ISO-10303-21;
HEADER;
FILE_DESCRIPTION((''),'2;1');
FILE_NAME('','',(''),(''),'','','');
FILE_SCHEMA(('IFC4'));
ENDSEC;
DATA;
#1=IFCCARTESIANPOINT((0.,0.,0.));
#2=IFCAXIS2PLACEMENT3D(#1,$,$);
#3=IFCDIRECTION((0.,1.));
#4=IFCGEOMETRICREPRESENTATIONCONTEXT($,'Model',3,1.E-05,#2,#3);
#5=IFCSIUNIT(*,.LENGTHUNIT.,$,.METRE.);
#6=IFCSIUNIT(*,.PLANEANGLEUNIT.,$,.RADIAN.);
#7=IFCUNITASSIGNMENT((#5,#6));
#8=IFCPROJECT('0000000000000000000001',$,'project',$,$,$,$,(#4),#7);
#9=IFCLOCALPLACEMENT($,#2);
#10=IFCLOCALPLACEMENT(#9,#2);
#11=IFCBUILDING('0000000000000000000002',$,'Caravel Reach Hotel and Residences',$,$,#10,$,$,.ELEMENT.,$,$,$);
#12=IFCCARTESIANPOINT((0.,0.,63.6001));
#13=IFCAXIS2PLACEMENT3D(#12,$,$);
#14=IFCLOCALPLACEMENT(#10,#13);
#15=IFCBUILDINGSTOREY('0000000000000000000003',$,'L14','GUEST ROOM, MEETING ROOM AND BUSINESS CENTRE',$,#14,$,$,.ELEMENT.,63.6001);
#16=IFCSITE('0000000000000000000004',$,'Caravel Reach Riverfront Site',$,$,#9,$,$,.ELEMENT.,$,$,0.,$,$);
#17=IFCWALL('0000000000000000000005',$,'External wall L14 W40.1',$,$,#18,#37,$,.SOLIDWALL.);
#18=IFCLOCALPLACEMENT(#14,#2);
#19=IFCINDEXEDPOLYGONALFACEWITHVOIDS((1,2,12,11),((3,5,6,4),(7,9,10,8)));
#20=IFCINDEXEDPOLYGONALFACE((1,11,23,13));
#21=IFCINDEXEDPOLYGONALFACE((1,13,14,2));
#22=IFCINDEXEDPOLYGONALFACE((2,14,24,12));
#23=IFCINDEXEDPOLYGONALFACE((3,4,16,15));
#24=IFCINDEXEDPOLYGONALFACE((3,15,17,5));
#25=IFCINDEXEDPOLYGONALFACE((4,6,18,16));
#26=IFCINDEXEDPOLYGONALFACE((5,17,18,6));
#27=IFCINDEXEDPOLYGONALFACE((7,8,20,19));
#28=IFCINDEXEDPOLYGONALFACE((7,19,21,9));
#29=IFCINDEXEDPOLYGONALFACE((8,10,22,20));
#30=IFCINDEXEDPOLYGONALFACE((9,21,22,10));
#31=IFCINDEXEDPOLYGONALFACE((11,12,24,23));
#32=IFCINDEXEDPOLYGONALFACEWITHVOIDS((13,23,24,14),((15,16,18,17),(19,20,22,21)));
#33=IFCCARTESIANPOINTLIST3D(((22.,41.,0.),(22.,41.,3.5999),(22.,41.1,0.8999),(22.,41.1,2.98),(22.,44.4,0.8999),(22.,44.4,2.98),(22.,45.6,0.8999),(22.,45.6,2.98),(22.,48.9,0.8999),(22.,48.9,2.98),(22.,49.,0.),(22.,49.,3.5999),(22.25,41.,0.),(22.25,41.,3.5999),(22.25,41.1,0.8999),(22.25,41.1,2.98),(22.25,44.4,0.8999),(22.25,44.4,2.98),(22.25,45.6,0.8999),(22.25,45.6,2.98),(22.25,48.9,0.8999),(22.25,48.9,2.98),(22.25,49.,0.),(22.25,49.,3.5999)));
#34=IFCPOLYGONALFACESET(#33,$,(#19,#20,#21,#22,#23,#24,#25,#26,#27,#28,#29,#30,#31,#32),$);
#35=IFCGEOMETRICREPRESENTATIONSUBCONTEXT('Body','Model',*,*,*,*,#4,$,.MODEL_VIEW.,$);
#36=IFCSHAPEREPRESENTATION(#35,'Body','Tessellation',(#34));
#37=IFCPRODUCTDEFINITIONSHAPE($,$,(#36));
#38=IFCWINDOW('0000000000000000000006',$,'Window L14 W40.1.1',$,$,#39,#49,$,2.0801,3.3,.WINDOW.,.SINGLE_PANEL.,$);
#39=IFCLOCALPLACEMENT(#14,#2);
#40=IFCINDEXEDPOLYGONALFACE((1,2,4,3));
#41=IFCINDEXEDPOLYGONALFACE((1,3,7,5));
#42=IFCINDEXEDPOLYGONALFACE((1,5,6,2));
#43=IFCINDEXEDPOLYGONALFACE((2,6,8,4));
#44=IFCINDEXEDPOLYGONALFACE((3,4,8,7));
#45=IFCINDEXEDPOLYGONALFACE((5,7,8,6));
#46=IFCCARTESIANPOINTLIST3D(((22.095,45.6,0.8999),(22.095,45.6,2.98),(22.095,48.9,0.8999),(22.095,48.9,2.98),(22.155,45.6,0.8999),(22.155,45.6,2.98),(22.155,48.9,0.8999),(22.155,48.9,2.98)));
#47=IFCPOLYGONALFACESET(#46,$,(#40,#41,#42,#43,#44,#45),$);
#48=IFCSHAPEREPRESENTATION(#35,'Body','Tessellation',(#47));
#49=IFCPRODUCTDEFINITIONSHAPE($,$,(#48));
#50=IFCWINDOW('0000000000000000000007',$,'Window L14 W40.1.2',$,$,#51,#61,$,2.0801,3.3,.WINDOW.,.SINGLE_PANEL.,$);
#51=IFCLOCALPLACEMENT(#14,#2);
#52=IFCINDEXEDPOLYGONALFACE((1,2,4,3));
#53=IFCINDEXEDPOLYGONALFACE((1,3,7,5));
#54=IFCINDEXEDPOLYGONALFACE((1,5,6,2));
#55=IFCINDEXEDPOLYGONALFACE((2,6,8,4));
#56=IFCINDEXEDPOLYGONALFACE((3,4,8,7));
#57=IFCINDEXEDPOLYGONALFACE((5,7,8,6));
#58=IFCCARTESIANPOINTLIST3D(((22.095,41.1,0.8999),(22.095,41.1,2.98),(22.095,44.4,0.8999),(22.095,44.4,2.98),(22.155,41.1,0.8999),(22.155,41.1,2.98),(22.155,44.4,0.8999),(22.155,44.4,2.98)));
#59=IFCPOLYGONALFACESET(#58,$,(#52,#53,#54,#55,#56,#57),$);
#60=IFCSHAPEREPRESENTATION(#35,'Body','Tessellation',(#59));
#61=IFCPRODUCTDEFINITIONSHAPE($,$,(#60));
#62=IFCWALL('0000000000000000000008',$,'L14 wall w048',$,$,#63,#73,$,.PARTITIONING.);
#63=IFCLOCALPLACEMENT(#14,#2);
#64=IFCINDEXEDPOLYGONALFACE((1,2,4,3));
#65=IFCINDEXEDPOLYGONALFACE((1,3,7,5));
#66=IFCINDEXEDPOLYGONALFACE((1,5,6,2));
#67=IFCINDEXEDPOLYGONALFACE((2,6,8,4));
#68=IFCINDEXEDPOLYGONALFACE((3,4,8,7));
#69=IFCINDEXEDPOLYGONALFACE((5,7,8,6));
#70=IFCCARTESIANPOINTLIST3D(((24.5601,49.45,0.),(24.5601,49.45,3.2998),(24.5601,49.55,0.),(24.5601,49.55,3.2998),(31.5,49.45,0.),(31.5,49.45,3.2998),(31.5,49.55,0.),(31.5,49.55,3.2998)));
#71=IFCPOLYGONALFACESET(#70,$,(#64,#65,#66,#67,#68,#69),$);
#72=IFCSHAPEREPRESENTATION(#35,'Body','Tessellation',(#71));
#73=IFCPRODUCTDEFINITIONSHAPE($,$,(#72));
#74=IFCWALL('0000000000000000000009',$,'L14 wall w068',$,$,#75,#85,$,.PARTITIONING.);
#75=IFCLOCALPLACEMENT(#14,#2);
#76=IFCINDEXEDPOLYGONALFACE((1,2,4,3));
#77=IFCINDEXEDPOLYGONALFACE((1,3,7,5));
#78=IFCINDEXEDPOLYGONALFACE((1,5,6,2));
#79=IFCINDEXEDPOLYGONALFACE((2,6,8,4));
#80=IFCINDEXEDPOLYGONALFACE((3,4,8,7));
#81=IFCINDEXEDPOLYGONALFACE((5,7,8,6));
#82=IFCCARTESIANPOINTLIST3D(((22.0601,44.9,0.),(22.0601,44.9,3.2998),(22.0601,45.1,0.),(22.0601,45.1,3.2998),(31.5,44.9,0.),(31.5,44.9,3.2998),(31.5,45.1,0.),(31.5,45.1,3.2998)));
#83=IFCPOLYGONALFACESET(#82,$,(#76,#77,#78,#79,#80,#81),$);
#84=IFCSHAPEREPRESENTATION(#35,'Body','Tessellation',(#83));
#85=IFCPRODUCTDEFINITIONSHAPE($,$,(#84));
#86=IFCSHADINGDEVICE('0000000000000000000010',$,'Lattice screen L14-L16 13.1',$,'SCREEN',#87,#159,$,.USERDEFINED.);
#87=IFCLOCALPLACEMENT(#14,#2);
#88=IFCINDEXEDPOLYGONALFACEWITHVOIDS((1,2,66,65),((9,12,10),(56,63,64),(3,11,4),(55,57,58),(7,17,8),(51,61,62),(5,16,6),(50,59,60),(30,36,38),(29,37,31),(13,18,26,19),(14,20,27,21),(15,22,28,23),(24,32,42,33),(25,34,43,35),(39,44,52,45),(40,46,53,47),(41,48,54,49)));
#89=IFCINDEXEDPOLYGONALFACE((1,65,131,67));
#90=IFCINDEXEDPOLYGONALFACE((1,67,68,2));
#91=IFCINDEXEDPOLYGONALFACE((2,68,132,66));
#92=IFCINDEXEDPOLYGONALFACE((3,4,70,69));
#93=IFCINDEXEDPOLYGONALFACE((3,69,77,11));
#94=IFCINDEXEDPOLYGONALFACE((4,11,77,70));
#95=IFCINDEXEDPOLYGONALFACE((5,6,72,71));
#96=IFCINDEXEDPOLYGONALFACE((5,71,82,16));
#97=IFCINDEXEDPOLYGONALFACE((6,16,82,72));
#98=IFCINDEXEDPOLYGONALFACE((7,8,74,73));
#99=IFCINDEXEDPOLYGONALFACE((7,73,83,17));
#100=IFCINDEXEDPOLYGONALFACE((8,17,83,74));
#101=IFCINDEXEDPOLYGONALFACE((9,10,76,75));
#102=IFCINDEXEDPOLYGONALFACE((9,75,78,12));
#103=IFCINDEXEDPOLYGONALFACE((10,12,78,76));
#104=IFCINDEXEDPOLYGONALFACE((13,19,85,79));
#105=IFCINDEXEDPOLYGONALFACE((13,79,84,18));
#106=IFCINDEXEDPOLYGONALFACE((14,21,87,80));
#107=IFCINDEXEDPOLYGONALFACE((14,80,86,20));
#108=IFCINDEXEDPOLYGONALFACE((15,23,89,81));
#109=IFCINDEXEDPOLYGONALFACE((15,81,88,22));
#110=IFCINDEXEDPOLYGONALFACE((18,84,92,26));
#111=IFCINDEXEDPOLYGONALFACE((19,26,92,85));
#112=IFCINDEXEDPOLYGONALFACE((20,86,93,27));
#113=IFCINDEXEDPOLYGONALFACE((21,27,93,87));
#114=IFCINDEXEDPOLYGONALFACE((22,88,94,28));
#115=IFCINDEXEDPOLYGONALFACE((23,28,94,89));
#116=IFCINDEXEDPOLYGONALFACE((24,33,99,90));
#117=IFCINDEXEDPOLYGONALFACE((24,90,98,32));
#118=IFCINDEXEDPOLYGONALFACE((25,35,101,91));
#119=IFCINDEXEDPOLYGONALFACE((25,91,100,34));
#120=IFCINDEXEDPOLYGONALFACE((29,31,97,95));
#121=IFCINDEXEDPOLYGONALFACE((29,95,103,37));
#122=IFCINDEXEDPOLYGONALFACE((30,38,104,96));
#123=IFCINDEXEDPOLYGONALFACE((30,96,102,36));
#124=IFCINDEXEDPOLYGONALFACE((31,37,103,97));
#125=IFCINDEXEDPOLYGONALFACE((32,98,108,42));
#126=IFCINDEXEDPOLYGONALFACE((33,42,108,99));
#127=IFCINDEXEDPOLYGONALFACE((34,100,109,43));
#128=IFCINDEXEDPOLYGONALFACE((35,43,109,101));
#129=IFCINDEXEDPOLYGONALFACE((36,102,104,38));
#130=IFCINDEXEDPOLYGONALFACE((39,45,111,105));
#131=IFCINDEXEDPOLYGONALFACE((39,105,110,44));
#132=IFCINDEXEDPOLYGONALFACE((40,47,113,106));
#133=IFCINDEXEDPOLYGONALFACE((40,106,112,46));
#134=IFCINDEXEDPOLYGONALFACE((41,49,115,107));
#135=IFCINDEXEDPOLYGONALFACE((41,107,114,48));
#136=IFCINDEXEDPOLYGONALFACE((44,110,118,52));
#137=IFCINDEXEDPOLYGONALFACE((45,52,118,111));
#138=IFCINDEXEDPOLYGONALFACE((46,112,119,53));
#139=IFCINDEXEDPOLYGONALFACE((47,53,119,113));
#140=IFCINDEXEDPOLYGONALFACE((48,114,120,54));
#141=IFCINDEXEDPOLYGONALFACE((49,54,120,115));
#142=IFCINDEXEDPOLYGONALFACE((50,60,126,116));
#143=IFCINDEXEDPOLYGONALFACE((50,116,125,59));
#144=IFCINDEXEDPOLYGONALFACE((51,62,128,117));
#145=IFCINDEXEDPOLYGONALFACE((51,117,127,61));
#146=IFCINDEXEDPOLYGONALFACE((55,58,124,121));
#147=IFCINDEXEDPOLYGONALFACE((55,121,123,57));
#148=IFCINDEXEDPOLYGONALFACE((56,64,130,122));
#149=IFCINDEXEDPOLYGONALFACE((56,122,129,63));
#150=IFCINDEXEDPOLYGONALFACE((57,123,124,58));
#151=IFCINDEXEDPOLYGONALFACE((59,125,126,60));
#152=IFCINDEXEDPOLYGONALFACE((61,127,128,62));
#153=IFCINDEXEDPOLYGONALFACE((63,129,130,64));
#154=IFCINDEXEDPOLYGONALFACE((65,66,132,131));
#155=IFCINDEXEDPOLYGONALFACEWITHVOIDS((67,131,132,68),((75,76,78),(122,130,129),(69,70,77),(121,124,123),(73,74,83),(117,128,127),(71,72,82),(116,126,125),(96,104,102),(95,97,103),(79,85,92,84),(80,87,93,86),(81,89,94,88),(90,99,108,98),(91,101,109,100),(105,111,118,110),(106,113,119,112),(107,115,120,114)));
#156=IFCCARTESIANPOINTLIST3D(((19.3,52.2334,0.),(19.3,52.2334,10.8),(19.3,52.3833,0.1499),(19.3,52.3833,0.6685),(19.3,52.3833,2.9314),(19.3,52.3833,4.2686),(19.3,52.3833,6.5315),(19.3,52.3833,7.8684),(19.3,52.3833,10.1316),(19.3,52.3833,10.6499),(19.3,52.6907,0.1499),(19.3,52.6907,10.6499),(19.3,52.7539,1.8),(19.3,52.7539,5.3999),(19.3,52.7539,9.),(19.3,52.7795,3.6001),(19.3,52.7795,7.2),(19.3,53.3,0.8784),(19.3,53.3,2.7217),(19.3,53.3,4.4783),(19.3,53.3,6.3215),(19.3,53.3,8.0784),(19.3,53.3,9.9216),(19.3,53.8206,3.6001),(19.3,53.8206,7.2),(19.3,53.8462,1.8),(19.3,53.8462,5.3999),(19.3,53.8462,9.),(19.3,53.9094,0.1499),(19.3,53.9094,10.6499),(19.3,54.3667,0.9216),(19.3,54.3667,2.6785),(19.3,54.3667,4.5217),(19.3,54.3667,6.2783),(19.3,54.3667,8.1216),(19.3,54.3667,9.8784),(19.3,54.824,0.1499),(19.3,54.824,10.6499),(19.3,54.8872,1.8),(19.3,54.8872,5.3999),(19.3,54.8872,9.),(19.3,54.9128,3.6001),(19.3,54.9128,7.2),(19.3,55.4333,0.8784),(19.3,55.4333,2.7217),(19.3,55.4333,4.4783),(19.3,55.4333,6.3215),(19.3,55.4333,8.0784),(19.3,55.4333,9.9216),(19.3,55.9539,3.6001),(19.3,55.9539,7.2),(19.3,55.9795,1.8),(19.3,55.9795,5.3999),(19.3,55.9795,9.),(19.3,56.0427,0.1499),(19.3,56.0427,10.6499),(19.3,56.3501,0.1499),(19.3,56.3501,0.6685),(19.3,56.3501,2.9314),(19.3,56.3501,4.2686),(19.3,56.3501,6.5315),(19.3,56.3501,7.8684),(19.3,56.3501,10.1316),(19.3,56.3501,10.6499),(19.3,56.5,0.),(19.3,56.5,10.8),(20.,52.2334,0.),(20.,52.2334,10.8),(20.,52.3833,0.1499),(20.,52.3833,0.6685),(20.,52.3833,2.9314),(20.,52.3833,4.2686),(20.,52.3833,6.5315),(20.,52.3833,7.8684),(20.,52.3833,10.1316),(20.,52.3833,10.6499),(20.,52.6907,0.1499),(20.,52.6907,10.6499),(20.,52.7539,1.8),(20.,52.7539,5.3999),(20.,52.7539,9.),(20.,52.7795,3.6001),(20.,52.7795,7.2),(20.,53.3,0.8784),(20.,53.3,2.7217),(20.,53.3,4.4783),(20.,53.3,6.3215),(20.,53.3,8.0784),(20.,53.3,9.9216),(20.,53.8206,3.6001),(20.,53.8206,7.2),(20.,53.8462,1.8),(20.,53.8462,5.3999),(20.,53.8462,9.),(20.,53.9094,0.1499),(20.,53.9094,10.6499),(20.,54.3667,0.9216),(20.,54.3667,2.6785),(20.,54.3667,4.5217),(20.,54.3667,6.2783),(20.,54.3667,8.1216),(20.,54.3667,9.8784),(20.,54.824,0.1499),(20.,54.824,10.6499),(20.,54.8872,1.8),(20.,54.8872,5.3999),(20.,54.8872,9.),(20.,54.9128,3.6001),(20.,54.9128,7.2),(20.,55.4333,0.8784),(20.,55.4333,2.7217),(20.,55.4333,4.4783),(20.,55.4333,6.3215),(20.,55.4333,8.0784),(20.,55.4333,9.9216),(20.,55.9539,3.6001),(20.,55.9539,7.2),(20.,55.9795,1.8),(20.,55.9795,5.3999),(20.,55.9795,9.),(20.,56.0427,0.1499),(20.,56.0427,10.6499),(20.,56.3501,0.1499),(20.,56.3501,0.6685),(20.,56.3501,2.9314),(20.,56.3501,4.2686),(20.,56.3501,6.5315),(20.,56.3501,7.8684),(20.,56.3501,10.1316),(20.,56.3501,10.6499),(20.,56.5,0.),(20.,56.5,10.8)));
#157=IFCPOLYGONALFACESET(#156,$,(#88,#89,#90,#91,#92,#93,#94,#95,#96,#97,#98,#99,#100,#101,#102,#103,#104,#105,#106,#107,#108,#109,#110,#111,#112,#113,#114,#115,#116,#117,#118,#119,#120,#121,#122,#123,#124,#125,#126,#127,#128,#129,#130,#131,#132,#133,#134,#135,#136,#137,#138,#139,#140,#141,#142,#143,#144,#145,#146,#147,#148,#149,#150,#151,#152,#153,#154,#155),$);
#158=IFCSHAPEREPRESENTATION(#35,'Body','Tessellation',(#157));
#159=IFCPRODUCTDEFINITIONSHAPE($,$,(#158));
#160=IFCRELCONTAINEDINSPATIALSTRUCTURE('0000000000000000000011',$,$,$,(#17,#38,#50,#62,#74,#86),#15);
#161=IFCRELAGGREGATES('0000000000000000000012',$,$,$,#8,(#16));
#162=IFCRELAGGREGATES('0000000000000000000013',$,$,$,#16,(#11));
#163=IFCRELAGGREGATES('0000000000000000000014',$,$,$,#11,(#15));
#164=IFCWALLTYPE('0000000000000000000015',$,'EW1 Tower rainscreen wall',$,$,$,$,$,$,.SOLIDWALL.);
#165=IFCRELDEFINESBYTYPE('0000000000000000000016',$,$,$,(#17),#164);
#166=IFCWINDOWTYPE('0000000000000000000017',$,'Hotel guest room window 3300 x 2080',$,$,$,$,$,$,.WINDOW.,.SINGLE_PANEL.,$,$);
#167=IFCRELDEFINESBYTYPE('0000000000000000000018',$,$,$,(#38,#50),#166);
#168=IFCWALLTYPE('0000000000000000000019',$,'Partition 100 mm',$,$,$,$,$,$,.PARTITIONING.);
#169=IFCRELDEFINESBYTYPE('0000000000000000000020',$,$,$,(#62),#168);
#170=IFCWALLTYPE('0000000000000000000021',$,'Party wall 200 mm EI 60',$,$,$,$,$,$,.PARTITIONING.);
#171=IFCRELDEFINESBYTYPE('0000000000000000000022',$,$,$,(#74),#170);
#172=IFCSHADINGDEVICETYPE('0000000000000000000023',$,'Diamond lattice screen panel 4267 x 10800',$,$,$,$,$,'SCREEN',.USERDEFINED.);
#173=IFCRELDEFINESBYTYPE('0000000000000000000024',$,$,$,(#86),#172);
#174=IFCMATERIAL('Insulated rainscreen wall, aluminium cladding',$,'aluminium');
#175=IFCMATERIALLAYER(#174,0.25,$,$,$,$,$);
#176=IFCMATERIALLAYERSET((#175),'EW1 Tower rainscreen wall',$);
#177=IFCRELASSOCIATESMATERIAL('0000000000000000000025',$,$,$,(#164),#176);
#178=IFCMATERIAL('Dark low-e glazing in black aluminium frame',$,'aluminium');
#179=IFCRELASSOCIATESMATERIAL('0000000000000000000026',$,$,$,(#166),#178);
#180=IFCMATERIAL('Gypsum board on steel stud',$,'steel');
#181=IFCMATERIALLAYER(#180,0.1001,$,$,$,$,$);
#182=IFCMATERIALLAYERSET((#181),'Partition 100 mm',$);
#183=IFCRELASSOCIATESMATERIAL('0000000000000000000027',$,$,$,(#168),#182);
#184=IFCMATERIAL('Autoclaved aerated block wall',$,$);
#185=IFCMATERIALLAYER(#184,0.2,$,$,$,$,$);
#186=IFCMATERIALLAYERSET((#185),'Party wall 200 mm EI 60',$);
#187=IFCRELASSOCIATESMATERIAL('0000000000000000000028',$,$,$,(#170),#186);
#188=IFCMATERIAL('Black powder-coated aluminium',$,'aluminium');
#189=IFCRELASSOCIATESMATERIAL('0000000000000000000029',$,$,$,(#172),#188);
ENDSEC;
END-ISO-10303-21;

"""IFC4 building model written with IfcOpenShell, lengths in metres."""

from ifc_helpers import new_model, si_unit, direction, frame, frame_2d, origin, place, context, subcontext, project, spatial, polyline, rectangle, outline, extrude, material, layer, layer_set, type_object, element, fill, save


model = new_model("IFC4")

# Units and contexts
model_context = context("Model", 3, precision=1e-05, world=origin(), true_north=direction((0.0, 1.0)))
body_context = subcontext(model_context, "Body", "Model", "MODEL_VIEW")
ifc_project = project(units=[si_unit("LENGTHUNIT", "METRE"), si_unit("PLANEANGLEUNIT", "RADIAN")], contexts=[model_context])

# Site, building, storey
site_placement = place(None, origin())
site = spatial("IfcSite", under=ifc_project, at=site_placement, Name="Caravel Reach Riverfront Site", CompositionType="ELEMENT", RefElevation=0.0)
building_placement = place(site_placement, origin())
building = spatial("IfcBuilding", under=site, at=building_placement, Name="Caravel Reach Hotel and Residences", CompositionType="ELEMENT")
storey_placement = place(building_placement, frame((0.0, 0.0, 63.6001)))
storey = spatial("IfcBuildingStorey", under=building, at=storey_placement, Name="L14", Description="GUEST ROOM, MEETING ROOM AND BUSINESS CENTRE", CompositionType="ELEMENT", Elevation=63.6001)

# Shared definitions
ifc_material_1 = material(Name="Insulated rainscreen wall, aluminium cladding", Category="aluminium")
ifc_layer_1 = layer(ifc_material_1, 0.25)
ifc_layer_set_1 = layer_set([ifc_layer_1], Name="EW1 Tower rainscreen wall")
wall_type_1 = type_object("IfcWallType", Name="EW1 Tower rainscreen wall", PredefinedType="SOLIDWALL", material=ifc_layer_set_1)

# Wall, openings, windows
wall_1_placement = place(storey_placement, frame((22.125, 49.0, 0.0), z_axis=(0.0, 0.0, 1.0), x_axis=(0.0, -1.0, 0.0)))
wall_1 = element("IfcWall", 1, at=wall_1_placement, inside=storey, type_object=wall_type_1, Name="External wall L14 W40.1", PredefinedType="SOLIDWALL", context=body_context, shape_type="SweptSolid", body=[
    extrude(rectangle(XDim=8.0, YDim=0.25, at=frame_2d((4.0, 0.0))), origin(), (0.0, 0.0, 1.0), 3.5999),
])
opening_1_placement = place(wall_1_placement, frame((0.1001, 0.0, 0.8999)))
opening_1 = element("IfcOpeningElement", 2, at=opening_1_placement, cuts=wall_1, PredefinedType="OPENING", context=body_context, shape_type="SweptSolid", body=[
    extrude(rectangle(XDim=3.3, YDim=2.0801, at=frame_2d((1.6499, 1.04))), frame((0.0, 0.135, 0.0), z_axis=(0.0, -1.0, 0.0), x_axis=(1.0, 0.0, 0.0)), (0.0, 0.0, 1.0), 0.27),
])
opening_2_placement = place(wall_1_placement, frame((4.6001, 0.0, 0.8999)))
opening_2 = element("IfcOpeningElement", 3, at=opening_2_placement, cuts=wall_1, PredefinedType="OPENING", context=body_context, shape_type="SweptSolid", body=[
    extrude(rectangle(XDim=3.3, YDim=2.0801, at=frame_2d((1.6499, 1.04))), frame((0.0, 0.135, 0.0), z_axis=(0.0, -1.0, 0.0), x_axis=(1.0, 0.0, 0.0)), (0.0, 0.0, 1.0), 0.27),
])
ifc_material_2 = material(Name="Dark low-e glazing in black aluminium frame", Category="aluminium")
window_type_1 = type_object("IfcWindowType", Name="Hotel guest room window 3300 x 2080", PartitioningType="SINGLE_PANEL", PredefinedType="WINDOW", material=ifc_material_2)
window_1_placement = place(opening_1_placement, origin())
window_1 = element("IfcWindow", 4, at=window_1_placement, inside=storey, type_object=window_type_1, Name="Window L14 W40.1.1", OverallHeight=2.0801, OverallWidth=3.3, PartitioningType="SINGLE_PANEL", PredefinedType="WINDOW", context=body_context, shape_type="SweptSolid", body=[
    extrude(rectangle(XDim=3.3, YDim=2.0801, at=frame_2d((1.6499, 1.04))), frame((0.0, 0.03, 0.0), z_axis=(0.0, -1.0, 0.0), x_axis=(1.0, 0.0, 0.0)), (0.0, 0.0, 1.0), 0.0601),
])
fill(opening_1, window_1)
window_2_placement = place(opening_2_placement, origin())
window_2 = element("IfcWindow", 5, at=window_2_placement, inside=storey, type_object=window_type_1, Name="Window L14 W40.1.2", OverallHeight=2.0801, OverallWidth=3.3, PartitioningType="SINGLE_PANEL", PredefinedType="WINDOW", context=body_context, shape_type="SweptSolid", body=[
    extrude(rectangle(XDim=3.3, YDim=2.0801, at=frame_2d((1.6499, 1.04))), frame((0.0, 0.03, 0.0), z_axis=(0.0, -1.0, 0.0), x_axis=(1.0, 0.0, 0.0)), (0.0, 0.0, 1.0), 0.0601),
])
fill(opening_2, window_2)

# Walls
ifc_material_3 = material(Name="Gypsum board on steel stud", Category="steel")
ifc_layer_2 = layer(ifc_material_3, 0.1001)
ifc_layer_set_2 = layer_set([ifc_layer_2], Name="Partition 100 mm")
wall_type_2 = type_object("IfcWallType", Name="Partition 100 mm", PredefinedType="PARTITIONING", material=ifc_layer_set_2)
wall_2_placement = place(storey_placement, frame((24.5601, 49.5, 0.0), z_axis=(0.0, 0.0, 1.0), x_axis=(1.0, 0.0, 0.0)))
element("IfcWall", 6, at=wall_2_placement, inside=storey, type_object=wall_type_2, Name="L14 wall w048", PredefinedType="PARTITIONING", context=body_context, shape_type="SweptSolid", body=[
    extrude(rectangle(XDim=6.9399, YDim=0.1001, at=frame_2d((3.47, 0.0))), origin(), (0.0, 0.0, 1.0), 3.2998),
])
ifc_material_4 = material(Name="Autoclaved aerated block wall")
ifc_layer_3 = layer(ifc_material_4, 0.2)
ifc_layer_set_3 = layer_set([ifc_layer_3], Name="Party wall 200 mm EI 60")
wall_type_3 = type_object("IfcWallType", Name="Party wall 200 mm EI 60", PredefinedType="PARTITIONING", material=ifc_layer_set_3)
wall_3_placement = place(storey_placement, frame((22.0601, 45.0, 0.0), z_axis=(0.0, 0.0, 1.0), x_axis=(1.0, 0.0, 0.0)))
element("IfcWall", 7, at=wall_3_placement, inside=storey, type_object=wall_type_3, Name="L14 wall w068", PredefinedType="PARTITIONING", context=body_context, shape_type="SweptSolid", body=[
    extrude(rectangle(XDim=9.4399, YDim=0.2, at=frame_2d((4.72, 0.0))), origin(), (0.0, 0.0, 1.0), 3.2998),
])

# Shading device
ifc_material_5 = material(Name="Black powder-coated aluminium", Category="aluminium")
shading_device_type_1 = type_object("IfcShadingDeviceType", Name="Diamond lattice screen panel 4267 x 10800", ElementType="SCREEN", PredefinedType="USERDEFINED", material=ifc_material_5)
shading_device_1_placement = place(storey_placement, frame((20.0, 56.5, 0.0), z_axis=(-1.0, 0.0, 0.0), x_axis=(0.0, -1.0, 0.0)))
element("IfcShadingDevice", 8, at=shading_device_1_placement, inside=storey, type_object=shading_device_type_1, Name="Lattice screen L14-L16 13.1", ObjectType="SCREEN", PredefinedType="USERDEFINED", context=body_context, shape_type="SweptSolid", body=[
    extrude(outline(polyline([(0.0, 0.0), (4.2666, 0.0), (4.2666, 10.8), (0.0, 10.8), (0.0, 0.0)]), holes=[polyline([(0.4573, 0.1499), (0.1499, 0.6685), (0.1499, 0.1499), (0.4573, 0.1499)]), polyline([(0.5461, 3.6001), (0.1499, 4.2686), (0.1499, 2.9314), (0.5461, 3.6001)]), polyline([(0.5461, 7.2), (0.1499, 7.8684), (0.1499, 6.5315), (0.5461, 7.2)]), polyline([(0.1499, 10.1316), (0.4573, 10.6499), (0.1499, 10.6499), (0.1499, 10.1316)]), polyline([(1.0667, 2.7217), (0.5205, 1.8), (1.0667, 0.8784), (1.6128, 1.8), (1.0667, 2.7217)]), polyline([(1.0667, 6.3215), (0.5205, 5.3999), (1.0667, 4.4783), (1.6128, 5.3999), (1.0667, 6.3215)]), polyline([(1.0667, 9.9216), (0.5205, 9.0), (1.0667, 8.0784), (1.6128, 9.0), (1.0667, 9.9216)]), polyline([(2.1333, 0.9216), (1.676, 0.1499), (2.5906, 0.1499), (2.1333, 0.9216)]), polyline([(2.1333, 4.5217), (1.5872, 3.6001), (2.1333, 2.6785), (2.6794, 3.6001), (2.1333, 4.5217)]), polyline([(2.1333, 8.1216), (1.5872, 7.2), (2.1333, 6.2783), (2.6794, 7.2), (2.1333, 8.1216)]), polyline([(2.1333, 9.8784), (2.5906, 10.6499), (1.676, 10.6499), (2.1333, 9.8784)]), polyline([(3.2, 2.7217), (2.6538, 1.8), (3.2, 0.8784), (3.7461, 1.8), (3.2, 2.7217)]), polyline([(3.2, 6.3215), (2.6538, 5.3999), (3.2, 4.4783), (3.7461, 5.3999), (3.2, 6.3215)]), polyline([(3.2, 9.9216), (2.6538, 9.0), (3.2, 8.0784), (3.7461, 9.0), (3.2, 9.9216)]), polyline([(4.1167, 0.6685), (3.8093, 0.1499), (4.1167, 0.1499), (4.1167, 0.6685)]), polyline([(3.7205, 3.6001), (4.1167, 2.9314), (4.1167, 4.2686), (3.7205, 3.6001)]), polyline([(3.7205, 7.2), (4.1167, 6.5315), (4.1167, 7.8684), (3.7205, 7.2)]), polyline([(3.8093, 10.6499), (4.1167, 10.1316), (4.1167, 10.6499), (3.8093, 10.6499)])]), origin(), (0.0, 0.0, 1.0), 0.7),
])

save(model, "model.ifc")
